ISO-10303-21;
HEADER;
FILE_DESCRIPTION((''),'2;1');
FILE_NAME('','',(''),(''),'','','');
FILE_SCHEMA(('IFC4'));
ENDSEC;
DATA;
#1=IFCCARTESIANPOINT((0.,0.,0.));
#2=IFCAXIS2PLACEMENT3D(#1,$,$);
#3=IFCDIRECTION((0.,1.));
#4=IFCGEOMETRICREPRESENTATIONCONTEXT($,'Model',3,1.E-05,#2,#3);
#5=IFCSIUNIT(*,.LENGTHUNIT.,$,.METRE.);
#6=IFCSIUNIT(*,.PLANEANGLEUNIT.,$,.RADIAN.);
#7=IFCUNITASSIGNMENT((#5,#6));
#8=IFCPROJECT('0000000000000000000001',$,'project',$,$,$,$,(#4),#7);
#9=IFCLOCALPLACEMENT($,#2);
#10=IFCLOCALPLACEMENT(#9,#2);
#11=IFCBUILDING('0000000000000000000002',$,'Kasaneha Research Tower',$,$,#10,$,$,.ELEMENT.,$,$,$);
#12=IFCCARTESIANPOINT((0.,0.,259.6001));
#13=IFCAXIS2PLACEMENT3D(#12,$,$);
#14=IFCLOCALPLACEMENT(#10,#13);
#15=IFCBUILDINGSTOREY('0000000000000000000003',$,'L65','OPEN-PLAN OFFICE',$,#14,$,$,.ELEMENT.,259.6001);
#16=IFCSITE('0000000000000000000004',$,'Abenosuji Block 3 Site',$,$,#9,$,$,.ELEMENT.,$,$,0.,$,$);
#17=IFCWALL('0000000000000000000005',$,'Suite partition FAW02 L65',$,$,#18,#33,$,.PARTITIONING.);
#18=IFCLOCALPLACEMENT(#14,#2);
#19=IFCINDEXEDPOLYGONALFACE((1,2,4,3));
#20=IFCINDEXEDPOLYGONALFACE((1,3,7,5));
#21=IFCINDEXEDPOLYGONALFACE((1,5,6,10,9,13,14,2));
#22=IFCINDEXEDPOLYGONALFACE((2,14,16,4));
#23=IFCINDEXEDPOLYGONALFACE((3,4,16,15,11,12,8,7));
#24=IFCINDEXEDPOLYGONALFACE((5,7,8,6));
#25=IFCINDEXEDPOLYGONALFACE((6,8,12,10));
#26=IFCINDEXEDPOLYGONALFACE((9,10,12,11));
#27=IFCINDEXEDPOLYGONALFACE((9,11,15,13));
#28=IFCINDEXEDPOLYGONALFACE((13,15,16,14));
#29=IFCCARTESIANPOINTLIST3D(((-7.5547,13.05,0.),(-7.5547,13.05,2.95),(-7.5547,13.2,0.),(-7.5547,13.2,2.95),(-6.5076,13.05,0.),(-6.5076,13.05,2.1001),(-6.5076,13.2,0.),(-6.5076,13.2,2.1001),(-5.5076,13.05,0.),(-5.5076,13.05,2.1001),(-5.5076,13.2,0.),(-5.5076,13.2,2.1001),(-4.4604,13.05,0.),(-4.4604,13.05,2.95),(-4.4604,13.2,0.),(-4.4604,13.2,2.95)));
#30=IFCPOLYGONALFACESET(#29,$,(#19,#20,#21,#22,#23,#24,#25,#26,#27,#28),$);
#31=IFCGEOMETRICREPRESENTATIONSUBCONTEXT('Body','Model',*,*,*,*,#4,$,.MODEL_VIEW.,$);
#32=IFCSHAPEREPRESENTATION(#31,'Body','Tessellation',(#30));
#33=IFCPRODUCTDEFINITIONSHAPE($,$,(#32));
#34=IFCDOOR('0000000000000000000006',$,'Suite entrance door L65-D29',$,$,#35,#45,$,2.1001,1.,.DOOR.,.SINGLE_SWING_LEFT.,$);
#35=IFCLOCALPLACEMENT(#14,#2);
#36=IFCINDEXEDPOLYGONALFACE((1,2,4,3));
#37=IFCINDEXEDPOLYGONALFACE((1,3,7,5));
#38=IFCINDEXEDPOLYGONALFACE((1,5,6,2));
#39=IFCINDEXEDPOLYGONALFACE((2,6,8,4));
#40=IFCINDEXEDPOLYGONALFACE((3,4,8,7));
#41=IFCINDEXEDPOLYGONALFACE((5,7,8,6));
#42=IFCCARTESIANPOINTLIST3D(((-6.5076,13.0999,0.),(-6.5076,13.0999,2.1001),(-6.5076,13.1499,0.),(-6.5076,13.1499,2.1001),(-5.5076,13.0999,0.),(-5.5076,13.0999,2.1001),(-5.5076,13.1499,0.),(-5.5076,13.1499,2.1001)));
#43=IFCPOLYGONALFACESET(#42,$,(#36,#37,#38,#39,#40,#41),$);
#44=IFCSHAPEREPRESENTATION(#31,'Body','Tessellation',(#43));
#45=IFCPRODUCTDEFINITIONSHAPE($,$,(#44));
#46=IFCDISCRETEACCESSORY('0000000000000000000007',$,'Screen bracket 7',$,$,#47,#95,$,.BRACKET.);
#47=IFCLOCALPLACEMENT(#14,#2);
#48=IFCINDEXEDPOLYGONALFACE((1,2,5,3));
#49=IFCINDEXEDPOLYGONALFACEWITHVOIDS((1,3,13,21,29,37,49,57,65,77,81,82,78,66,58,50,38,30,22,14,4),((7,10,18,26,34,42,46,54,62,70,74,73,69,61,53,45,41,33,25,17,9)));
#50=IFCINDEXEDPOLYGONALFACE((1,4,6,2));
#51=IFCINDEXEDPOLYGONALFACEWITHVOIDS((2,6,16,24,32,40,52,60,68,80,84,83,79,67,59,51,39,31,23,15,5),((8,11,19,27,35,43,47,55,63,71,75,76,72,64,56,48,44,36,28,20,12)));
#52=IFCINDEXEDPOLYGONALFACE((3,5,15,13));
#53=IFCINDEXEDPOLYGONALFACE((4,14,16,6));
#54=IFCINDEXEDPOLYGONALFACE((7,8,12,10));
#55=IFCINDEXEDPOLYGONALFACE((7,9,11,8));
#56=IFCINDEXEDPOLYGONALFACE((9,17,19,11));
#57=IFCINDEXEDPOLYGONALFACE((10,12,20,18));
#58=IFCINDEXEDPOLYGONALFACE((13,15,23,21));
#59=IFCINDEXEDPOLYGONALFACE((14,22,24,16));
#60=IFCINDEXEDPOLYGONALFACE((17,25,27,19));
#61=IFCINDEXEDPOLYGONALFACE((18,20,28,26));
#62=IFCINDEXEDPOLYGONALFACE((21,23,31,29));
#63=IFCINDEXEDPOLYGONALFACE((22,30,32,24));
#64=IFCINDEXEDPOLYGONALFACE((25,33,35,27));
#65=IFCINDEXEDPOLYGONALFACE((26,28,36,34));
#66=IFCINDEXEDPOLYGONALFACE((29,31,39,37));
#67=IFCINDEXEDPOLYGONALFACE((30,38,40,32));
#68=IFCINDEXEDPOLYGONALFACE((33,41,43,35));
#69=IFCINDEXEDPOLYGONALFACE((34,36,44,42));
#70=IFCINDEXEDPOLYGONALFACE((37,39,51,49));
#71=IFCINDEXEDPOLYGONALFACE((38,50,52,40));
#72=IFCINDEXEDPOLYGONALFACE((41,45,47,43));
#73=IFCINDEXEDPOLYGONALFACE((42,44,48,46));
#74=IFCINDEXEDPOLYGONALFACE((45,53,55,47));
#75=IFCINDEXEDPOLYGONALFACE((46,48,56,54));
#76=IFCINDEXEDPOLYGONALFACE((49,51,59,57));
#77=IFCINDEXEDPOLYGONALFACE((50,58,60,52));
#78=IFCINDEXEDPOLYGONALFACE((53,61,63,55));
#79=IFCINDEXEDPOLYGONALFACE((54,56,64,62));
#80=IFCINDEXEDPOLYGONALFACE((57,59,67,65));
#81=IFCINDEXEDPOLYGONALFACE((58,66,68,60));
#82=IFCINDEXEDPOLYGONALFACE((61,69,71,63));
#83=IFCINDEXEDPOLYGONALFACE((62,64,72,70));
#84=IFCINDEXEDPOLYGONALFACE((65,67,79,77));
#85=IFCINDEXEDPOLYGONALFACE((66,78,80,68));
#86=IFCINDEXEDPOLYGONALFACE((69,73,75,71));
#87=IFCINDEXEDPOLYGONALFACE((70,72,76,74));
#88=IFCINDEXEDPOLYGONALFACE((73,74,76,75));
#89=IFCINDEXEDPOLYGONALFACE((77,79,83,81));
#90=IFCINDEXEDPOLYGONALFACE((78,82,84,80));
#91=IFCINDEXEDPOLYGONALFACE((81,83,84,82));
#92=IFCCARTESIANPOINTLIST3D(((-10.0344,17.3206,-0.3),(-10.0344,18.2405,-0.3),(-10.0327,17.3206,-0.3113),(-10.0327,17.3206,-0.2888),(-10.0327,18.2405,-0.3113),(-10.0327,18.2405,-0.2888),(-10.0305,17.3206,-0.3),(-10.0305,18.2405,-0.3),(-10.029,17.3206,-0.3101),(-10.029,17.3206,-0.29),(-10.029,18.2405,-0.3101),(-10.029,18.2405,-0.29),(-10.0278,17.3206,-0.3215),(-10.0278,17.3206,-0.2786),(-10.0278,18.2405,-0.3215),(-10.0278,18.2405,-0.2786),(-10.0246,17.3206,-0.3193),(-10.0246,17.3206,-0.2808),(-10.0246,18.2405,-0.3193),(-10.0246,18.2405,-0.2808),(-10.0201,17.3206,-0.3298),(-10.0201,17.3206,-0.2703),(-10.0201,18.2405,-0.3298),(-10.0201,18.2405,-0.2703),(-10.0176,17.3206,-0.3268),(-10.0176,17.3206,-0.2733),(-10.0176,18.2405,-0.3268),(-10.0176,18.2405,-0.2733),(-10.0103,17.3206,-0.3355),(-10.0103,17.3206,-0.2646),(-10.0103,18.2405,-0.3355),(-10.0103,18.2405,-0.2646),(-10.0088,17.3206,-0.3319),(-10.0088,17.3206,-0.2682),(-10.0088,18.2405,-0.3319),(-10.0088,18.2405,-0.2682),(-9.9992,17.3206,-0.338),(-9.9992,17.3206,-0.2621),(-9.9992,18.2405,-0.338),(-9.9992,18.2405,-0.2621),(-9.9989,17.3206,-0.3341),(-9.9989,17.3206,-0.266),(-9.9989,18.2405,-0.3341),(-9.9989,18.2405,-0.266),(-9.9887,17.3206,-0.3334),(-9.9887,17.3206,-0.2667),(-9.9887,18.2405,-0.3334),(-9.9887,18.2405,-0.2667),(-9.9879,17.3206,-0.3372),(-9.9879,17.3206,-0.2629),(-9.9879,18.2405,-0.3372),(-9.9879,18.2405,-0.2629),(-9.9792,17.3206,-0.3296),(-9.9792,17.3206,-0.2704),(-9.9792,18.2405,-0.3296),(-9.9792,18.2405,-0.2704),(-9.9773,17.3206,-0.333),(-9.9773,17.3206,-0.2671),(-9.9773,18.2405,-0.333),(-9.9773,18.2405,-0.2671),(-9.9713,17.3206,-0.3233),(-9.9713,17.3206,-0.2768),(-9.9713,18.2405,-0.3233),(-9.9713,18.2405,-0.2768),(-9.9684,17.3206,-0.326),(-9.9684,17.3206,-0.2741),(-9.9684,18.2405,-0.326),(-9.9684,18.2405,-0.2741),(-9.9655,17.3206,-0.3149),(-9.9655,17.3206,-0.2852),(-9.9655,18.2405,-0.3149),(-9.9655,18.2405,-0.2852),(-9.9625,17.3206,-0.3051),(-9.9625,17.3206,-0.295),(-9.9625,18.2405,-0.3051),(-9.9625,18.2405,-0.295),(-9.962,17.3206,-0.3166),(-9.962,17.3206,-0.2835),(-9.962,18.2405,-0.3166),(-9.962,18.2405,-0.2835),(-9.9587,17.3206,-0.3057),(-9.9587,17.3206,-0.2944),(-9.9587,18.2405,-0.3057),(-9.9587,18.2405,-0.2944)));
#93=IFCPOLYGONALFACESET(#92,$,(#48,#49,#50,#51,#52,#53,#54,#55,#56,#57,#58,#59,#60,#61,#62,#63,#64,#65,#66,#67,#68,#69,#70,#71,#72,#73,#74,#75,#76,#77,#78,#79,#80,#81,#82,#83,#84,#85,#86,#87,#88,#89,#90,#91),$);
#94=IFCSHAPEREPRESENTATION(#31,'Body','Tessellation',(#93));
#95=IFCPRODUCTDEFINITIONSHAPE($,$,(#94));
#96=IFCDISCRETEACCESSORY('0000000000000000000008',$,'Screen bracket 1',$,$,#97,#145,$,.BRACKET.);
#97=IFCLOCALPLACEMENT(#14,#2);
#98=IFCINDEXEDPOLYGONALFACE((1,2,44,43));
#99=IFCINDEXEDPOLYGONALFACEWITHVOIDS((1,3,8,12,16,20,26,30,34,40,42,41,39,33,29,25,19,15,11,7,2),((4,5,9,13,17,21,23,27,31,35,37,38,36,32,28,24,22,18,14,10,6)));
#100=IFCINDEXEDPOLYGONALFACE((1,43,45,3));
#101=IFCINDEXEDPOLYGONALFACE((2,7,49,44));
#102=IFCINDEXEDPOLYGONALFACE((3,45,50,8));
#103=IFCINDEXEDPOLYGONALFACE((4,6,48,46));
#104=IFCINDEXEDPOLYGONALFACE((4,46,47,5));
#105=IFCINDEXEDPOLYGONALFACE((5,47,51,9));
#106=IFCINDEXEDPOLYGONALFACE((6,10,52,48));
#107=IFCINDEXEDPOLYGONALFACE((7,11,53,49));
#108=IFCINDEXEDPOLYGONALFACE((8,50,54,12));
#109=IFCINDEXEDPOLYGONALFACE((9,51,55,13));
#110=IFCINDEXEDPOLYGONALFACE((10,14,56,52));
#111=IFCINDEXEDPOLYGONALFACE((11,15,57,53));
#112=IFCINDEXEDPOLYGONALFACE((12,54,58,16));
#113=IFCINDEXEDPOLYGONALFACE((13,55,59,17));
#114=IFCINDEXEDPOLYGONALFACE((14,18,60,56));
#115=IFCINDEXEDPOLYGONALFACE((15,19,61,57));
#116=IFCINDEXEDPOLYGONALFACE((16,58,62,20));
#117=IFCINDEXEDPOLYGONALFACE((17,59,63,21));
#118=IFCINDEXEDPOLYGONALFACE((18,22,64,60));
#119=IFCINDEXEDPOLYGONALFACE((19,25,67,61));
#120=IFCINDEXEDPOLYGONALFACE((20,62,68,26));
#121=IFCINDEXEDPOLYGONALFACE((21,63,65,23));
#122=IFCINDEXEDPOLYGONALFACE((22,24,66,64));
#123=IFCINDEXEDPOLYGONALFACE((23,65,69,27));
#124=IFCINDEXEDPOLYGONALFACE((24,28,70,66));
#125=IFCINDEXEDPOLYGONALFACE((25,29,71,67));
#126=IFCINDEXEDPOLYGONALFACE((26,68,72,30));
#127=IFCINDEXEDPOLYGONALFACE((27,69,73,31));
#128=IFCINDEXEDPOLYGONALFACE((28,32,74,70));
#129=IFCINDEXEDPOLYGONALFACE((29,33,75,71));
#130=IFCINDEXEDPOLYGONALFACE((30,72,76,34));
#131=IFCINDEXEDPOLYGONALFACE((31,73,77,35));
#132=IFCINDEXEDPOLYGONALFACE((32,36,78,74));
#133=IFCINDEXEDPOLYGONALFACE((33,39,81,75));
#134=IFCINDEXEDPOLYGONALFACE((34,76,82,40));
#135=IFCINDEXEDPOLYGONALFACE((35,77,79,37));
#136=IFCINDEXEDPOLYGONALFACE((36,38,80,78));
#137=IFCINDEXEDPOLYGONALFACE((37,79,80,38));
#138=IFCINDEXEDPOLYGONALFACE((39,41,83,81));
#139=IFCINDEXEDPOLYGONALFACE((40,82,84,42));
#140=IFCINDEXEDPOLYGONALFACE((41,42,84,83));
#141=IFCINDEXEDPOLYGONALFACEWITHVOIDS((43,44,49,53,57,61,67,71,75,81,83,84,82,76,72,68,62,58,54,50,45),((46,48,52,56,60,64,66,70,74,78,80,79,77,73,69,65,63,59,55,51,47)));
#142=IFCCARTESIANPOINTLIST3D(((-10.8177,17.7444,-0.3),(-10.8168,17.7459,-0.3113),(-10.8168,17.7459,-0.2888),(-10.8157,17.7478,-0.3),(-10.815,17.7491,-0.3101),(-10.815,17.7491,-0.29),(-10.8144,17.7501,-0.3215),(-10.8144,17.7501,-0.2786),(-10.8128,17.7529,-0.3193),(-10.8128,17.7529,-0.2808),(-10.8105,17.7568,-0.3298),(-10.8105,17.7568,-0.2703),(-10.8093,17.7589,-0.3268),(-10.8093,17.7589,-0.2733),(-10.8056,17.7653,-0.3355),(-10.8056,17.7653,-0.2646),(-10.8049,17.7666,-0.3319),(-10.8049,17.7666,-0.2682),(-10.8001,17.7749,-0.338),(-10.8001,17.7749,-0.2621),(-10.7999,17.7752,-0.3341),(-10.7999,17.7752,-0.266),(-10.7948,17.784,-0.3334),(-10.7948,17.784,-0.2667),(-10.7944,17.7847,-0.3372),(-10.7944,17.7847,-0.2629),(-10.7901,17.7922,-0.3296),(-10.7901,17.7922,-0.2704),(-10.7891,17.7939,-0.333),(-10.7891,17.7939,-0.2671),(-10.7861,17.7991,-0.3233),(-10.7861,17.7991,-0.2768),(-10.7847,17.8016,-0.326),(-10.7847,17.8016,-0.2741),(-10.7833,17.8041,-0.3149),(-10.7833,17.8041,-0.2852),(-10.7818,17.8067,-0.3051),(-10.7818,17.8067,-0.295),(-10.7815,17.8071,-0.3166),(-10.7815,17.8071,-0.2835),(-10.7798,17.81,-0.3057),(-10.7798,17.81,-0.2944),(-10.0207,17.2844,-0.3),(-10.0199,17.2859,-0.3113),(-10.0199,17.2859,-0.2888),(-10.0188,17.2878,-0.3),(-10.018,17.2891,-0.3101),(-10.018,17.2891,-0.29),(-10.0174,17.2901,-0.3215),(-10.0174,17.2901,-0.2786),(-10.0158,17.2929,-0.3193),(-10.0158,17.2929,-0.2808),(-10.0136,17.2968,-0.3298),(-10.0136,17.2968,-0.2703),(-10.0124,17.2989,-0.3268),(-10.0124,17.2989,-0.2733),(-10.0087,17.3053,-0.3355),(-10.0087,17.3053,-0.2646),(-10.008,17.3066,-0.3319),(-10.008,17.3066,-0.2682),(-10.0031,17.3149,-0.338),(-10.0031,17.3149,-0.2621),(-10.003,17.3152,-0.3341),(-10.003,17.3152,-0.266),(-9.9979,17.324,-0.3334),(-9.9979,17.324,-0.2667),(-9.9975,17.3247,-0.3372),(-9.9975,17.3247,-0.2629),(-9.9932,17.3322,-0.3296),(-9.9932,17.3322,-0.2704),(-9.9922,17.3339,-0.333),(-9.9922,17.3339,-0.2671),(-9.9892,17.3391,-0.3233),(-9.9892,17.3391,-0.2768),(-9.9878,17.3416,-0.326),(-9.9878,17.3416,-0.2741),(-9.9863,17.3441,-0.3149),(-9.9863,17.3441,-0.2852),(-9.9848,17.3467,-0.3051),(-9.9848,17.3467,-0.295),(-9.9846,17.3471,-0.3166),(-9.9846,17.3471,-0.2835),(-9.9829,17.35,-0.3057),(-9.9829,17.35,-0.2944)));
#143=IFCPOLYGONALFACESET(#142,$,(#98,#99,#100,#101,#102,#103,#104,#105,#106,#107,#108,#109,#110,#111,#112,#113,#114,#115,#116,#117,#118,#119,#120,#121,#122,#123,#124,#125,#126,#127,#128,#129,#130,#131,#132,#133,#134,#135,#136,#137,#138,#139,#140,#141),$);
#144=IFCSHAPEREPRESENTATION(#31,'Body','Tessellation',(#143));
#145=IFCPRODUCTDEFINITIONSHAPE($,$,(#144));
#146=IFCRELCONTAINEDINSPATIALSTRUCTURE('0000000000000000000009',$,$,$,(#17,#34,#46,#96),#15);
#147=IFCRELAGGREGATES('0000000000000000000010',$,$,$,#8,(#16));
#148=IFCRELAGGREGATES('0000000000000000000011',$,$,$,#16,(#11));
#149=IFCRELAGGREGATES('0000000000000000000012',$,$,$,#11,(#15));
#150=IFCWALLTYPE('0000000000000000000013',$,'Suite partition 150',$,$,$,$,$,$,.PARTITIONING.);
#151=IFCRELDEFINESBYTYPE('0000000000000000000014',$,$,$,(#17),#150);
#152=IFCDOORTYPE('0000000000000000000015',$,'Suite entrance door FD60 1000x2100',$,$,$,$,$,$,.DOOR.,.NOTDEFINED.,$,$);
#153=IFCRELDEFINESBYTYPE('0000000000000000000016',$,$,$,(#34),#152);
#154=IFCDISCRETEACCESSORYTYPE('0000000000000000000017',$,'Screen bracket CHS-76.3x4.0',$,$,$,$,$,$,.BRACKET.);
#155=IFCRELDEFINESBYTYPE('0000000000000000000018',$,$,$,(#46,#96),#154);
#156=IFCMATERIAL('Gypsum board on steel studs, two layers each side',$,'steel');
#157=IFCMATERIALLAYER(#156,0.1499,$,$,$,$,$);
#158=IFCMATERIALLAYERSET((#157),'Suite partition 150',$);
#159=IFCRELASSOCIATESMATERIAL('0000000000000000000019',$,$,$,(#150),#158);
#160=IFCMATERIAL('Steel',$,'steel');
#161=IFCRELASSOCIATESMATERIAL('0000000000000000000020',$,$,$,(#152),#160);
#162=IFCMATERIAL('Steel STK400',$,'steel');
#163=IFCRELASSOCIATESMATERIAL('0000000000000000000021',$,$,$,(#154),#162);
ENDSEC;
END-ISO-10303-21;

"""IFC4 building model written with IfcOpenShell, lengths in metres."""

from ifc_helpers import new_model, si_unit, direction, frame, frame_2d, origin, origin_2d, place, context, subcontext, project, spatial, rectangle, hollow_circle, extrude, material, layer, layer_set, material_profile, profile_set, type_object, element, fill, save


model = new_model("IFC4")

# Units and contexts
model_context = context("Model", 3, precision=1e-05, world=origin(), true_north=direction((0.0, 1.0)))
body_context = subcontext(model_context, "Body", "Model", "MODEL_VIEW")
ifc_project = project(units=[si_unit("LENGTHUNIT", "METRE"), si_unit("PLANEANGLEUNIT", "RADIAN")], contexts=[model_context])

# Site, building, storey
site_placement = place(None, origin())
site = spatial("IfcSite", under=ifc_project, at=site_placement, Name="Abenosuji Block 3 Site", CompositionType="ELEMENT", RefElevation=0.0)
building_placement = place(site_placement, origin())
building = spatial("IfcBuilding", under=site, at=building_placement, Name="Kasaneha Research Tower", CompositionType="ELEMENT")
storey_placement = place(building_placement, frame((0.0, 0.0, 259.6001)))
storey = spatial("IfcBuildingStorey", under=building, at=storey_placement, Name="L65", Description="OPEN-PLAN OFFICE", CompositionType="ELEMENT", Elevation=259.6001)

# Wall, opening, door
ifc_material_1 = material(Name="Gypsum board on steel studs, two layers each side", Category="steel")
ifc_layer_1 = layer(ifc_material_1, 0.1499)
ifc_layer_set_1 = layer_set([ifc_layer_1], Name="Suite partition 150")
wall_type_1 = type_object("IfcWallType", Name="Suite partition 150", PredefinedType="PARTITIONING", material=ifc_layer_set_1)
wall_1_placement = place(storey_placement, frame((-7.5547, 13.125, 0.0), z_axis=(0.0, 0.0, 1.0), x_axis=(1.0, 0.0, 0.0)))
wall_1 = element("IfcWall", 1, at=wall_1_placement, inside=storey, type_object=wall_type_1, Name="Suite partition FAW02 L65", PredefinedType="PARTITIONING", context=body_context, shape_type="SweptSolid", body=[
    extrude(rectangle(XDim=3.0942, YDim=0.1499, at=frame_2d((1.5471, 0.0))), origin(), (0.0, 0.0, 1.0), 2.95),
])
opening_1_placement = place(wall_1_placement, frame((1.0471, 0.0, 0.0)))
opening_1 = element("IfcOpeningElement", 2, at=opening_1_placement, cuts=wall_1, PredefinedType="OPENING", context=body_context, shape_type="SweptSolid", body=[
    extrude(rectangle(XDim=1.0, YDim=2.1001, at=frame_2d((0.5, 1.05))), frame((0.0, 0.085, 0.0), z_axis=(0.0, -1.0, 0.0), x_axis=(1.0, 0.0, 0.0)), (0.0, 0.0, 1.0), 0.1699),
])
ifc_material_2 = material(Name="Steel", Category="steel")
door_type_1 = type_object("IfcDoorType", Name="Suite entrance door FD60 1000x2100", OperationType="NOTDEFINED", PredefinedType="DOOR", material=ifc_material_2)
door_1_placement = place(opening_1_placement, origin())
door_1 = element("IfcDoor", 3, at=door_1_placement, inside=storey, type_object=door_type_1, Name="Suite entrance door L65-D29", OperationType="SINGLE_SWING_LEFT", OverallHeight=2.1001, OverallWidth=1.0, PredefinedType="DOOR", context=body_context, shape_type="SweptSolid", body=[
    extrude(rectangle(XDim=1.0, YDim=2.1001, at=frame_2d((0.5, 1.05))), frame((0.0, 0.0249, 0.0), z_axis=(0.0, -1.0, 0.0), x_axis=(1.0, 0.0, 0.0)), (0.0, 0.0, 1.0), 0.05),
])
fill(opening_1, door_1)

# Discrete accessories
ifc_material_3 = material(Name="Steel STK400", Category="steel")
ifc_material_profile_1 = material_profile(ifc_material_3, hollow_circle(Radius=0.0381, WallThickness=0.0039, at=origin_2d()), Name="CHS-76.3x4.0")
ifc_profile_set_1 = profile_set([ifc_material_profile_1], Name="Steel STK400")
discrete_accessory_type = type_object("IfcDiscreteAccessoryType", Name="Screen bracket CHS-76.3x4.0", PredefinedType="BRACKET", material=ifc_profile_set_1)
discrete_accessory_1_placement = place(storey_placement, frame((-9.9963, 17.3206, -0.3), z_axis=(0.0, 1.0, 0.0), x_axis=(-1.0, 0.0, 0.0)))
element("IfcDiscreteAccessory", 4, at=discrete_accessory_1_placement, inside=storey, type_object=discrete_accessory_type, Name="Screen bracket 7", PredefinedType="BRACKET", context=body_context, shape_type="SweptSolid", body=[
    extrude(hollow_circle(Radius=0.0381, WallThickness=0.0039, at=origin_2d()), origin(), (0.0, 0.0, 1.0), 0.9199),
])
discrete_accessory_2_placement = place(storey_placement, frame((-10.0017, 17.3174, -0.3), z_axis=(-0.86608, 0.499906, 0.0), x_axis=(-0.499906, -0.86608, 0.0)))
element("IfcDiscreteAccessory", 5, at=discrete_accessory_2_placement, inside=storey, type_object=discrete_accessory_type, Name="Screen bracket 1", PredefinedType="BRACKET", context=body_context, shape_type="SweptSolid", body=[
    extrude(hollow_circle(Radius=0.0381, WallThickness=0.0039, at=origin_2d()), origin(), (0.0, 0.0, 1.0), 0.9202),
])

save(model, "model.ifc")
